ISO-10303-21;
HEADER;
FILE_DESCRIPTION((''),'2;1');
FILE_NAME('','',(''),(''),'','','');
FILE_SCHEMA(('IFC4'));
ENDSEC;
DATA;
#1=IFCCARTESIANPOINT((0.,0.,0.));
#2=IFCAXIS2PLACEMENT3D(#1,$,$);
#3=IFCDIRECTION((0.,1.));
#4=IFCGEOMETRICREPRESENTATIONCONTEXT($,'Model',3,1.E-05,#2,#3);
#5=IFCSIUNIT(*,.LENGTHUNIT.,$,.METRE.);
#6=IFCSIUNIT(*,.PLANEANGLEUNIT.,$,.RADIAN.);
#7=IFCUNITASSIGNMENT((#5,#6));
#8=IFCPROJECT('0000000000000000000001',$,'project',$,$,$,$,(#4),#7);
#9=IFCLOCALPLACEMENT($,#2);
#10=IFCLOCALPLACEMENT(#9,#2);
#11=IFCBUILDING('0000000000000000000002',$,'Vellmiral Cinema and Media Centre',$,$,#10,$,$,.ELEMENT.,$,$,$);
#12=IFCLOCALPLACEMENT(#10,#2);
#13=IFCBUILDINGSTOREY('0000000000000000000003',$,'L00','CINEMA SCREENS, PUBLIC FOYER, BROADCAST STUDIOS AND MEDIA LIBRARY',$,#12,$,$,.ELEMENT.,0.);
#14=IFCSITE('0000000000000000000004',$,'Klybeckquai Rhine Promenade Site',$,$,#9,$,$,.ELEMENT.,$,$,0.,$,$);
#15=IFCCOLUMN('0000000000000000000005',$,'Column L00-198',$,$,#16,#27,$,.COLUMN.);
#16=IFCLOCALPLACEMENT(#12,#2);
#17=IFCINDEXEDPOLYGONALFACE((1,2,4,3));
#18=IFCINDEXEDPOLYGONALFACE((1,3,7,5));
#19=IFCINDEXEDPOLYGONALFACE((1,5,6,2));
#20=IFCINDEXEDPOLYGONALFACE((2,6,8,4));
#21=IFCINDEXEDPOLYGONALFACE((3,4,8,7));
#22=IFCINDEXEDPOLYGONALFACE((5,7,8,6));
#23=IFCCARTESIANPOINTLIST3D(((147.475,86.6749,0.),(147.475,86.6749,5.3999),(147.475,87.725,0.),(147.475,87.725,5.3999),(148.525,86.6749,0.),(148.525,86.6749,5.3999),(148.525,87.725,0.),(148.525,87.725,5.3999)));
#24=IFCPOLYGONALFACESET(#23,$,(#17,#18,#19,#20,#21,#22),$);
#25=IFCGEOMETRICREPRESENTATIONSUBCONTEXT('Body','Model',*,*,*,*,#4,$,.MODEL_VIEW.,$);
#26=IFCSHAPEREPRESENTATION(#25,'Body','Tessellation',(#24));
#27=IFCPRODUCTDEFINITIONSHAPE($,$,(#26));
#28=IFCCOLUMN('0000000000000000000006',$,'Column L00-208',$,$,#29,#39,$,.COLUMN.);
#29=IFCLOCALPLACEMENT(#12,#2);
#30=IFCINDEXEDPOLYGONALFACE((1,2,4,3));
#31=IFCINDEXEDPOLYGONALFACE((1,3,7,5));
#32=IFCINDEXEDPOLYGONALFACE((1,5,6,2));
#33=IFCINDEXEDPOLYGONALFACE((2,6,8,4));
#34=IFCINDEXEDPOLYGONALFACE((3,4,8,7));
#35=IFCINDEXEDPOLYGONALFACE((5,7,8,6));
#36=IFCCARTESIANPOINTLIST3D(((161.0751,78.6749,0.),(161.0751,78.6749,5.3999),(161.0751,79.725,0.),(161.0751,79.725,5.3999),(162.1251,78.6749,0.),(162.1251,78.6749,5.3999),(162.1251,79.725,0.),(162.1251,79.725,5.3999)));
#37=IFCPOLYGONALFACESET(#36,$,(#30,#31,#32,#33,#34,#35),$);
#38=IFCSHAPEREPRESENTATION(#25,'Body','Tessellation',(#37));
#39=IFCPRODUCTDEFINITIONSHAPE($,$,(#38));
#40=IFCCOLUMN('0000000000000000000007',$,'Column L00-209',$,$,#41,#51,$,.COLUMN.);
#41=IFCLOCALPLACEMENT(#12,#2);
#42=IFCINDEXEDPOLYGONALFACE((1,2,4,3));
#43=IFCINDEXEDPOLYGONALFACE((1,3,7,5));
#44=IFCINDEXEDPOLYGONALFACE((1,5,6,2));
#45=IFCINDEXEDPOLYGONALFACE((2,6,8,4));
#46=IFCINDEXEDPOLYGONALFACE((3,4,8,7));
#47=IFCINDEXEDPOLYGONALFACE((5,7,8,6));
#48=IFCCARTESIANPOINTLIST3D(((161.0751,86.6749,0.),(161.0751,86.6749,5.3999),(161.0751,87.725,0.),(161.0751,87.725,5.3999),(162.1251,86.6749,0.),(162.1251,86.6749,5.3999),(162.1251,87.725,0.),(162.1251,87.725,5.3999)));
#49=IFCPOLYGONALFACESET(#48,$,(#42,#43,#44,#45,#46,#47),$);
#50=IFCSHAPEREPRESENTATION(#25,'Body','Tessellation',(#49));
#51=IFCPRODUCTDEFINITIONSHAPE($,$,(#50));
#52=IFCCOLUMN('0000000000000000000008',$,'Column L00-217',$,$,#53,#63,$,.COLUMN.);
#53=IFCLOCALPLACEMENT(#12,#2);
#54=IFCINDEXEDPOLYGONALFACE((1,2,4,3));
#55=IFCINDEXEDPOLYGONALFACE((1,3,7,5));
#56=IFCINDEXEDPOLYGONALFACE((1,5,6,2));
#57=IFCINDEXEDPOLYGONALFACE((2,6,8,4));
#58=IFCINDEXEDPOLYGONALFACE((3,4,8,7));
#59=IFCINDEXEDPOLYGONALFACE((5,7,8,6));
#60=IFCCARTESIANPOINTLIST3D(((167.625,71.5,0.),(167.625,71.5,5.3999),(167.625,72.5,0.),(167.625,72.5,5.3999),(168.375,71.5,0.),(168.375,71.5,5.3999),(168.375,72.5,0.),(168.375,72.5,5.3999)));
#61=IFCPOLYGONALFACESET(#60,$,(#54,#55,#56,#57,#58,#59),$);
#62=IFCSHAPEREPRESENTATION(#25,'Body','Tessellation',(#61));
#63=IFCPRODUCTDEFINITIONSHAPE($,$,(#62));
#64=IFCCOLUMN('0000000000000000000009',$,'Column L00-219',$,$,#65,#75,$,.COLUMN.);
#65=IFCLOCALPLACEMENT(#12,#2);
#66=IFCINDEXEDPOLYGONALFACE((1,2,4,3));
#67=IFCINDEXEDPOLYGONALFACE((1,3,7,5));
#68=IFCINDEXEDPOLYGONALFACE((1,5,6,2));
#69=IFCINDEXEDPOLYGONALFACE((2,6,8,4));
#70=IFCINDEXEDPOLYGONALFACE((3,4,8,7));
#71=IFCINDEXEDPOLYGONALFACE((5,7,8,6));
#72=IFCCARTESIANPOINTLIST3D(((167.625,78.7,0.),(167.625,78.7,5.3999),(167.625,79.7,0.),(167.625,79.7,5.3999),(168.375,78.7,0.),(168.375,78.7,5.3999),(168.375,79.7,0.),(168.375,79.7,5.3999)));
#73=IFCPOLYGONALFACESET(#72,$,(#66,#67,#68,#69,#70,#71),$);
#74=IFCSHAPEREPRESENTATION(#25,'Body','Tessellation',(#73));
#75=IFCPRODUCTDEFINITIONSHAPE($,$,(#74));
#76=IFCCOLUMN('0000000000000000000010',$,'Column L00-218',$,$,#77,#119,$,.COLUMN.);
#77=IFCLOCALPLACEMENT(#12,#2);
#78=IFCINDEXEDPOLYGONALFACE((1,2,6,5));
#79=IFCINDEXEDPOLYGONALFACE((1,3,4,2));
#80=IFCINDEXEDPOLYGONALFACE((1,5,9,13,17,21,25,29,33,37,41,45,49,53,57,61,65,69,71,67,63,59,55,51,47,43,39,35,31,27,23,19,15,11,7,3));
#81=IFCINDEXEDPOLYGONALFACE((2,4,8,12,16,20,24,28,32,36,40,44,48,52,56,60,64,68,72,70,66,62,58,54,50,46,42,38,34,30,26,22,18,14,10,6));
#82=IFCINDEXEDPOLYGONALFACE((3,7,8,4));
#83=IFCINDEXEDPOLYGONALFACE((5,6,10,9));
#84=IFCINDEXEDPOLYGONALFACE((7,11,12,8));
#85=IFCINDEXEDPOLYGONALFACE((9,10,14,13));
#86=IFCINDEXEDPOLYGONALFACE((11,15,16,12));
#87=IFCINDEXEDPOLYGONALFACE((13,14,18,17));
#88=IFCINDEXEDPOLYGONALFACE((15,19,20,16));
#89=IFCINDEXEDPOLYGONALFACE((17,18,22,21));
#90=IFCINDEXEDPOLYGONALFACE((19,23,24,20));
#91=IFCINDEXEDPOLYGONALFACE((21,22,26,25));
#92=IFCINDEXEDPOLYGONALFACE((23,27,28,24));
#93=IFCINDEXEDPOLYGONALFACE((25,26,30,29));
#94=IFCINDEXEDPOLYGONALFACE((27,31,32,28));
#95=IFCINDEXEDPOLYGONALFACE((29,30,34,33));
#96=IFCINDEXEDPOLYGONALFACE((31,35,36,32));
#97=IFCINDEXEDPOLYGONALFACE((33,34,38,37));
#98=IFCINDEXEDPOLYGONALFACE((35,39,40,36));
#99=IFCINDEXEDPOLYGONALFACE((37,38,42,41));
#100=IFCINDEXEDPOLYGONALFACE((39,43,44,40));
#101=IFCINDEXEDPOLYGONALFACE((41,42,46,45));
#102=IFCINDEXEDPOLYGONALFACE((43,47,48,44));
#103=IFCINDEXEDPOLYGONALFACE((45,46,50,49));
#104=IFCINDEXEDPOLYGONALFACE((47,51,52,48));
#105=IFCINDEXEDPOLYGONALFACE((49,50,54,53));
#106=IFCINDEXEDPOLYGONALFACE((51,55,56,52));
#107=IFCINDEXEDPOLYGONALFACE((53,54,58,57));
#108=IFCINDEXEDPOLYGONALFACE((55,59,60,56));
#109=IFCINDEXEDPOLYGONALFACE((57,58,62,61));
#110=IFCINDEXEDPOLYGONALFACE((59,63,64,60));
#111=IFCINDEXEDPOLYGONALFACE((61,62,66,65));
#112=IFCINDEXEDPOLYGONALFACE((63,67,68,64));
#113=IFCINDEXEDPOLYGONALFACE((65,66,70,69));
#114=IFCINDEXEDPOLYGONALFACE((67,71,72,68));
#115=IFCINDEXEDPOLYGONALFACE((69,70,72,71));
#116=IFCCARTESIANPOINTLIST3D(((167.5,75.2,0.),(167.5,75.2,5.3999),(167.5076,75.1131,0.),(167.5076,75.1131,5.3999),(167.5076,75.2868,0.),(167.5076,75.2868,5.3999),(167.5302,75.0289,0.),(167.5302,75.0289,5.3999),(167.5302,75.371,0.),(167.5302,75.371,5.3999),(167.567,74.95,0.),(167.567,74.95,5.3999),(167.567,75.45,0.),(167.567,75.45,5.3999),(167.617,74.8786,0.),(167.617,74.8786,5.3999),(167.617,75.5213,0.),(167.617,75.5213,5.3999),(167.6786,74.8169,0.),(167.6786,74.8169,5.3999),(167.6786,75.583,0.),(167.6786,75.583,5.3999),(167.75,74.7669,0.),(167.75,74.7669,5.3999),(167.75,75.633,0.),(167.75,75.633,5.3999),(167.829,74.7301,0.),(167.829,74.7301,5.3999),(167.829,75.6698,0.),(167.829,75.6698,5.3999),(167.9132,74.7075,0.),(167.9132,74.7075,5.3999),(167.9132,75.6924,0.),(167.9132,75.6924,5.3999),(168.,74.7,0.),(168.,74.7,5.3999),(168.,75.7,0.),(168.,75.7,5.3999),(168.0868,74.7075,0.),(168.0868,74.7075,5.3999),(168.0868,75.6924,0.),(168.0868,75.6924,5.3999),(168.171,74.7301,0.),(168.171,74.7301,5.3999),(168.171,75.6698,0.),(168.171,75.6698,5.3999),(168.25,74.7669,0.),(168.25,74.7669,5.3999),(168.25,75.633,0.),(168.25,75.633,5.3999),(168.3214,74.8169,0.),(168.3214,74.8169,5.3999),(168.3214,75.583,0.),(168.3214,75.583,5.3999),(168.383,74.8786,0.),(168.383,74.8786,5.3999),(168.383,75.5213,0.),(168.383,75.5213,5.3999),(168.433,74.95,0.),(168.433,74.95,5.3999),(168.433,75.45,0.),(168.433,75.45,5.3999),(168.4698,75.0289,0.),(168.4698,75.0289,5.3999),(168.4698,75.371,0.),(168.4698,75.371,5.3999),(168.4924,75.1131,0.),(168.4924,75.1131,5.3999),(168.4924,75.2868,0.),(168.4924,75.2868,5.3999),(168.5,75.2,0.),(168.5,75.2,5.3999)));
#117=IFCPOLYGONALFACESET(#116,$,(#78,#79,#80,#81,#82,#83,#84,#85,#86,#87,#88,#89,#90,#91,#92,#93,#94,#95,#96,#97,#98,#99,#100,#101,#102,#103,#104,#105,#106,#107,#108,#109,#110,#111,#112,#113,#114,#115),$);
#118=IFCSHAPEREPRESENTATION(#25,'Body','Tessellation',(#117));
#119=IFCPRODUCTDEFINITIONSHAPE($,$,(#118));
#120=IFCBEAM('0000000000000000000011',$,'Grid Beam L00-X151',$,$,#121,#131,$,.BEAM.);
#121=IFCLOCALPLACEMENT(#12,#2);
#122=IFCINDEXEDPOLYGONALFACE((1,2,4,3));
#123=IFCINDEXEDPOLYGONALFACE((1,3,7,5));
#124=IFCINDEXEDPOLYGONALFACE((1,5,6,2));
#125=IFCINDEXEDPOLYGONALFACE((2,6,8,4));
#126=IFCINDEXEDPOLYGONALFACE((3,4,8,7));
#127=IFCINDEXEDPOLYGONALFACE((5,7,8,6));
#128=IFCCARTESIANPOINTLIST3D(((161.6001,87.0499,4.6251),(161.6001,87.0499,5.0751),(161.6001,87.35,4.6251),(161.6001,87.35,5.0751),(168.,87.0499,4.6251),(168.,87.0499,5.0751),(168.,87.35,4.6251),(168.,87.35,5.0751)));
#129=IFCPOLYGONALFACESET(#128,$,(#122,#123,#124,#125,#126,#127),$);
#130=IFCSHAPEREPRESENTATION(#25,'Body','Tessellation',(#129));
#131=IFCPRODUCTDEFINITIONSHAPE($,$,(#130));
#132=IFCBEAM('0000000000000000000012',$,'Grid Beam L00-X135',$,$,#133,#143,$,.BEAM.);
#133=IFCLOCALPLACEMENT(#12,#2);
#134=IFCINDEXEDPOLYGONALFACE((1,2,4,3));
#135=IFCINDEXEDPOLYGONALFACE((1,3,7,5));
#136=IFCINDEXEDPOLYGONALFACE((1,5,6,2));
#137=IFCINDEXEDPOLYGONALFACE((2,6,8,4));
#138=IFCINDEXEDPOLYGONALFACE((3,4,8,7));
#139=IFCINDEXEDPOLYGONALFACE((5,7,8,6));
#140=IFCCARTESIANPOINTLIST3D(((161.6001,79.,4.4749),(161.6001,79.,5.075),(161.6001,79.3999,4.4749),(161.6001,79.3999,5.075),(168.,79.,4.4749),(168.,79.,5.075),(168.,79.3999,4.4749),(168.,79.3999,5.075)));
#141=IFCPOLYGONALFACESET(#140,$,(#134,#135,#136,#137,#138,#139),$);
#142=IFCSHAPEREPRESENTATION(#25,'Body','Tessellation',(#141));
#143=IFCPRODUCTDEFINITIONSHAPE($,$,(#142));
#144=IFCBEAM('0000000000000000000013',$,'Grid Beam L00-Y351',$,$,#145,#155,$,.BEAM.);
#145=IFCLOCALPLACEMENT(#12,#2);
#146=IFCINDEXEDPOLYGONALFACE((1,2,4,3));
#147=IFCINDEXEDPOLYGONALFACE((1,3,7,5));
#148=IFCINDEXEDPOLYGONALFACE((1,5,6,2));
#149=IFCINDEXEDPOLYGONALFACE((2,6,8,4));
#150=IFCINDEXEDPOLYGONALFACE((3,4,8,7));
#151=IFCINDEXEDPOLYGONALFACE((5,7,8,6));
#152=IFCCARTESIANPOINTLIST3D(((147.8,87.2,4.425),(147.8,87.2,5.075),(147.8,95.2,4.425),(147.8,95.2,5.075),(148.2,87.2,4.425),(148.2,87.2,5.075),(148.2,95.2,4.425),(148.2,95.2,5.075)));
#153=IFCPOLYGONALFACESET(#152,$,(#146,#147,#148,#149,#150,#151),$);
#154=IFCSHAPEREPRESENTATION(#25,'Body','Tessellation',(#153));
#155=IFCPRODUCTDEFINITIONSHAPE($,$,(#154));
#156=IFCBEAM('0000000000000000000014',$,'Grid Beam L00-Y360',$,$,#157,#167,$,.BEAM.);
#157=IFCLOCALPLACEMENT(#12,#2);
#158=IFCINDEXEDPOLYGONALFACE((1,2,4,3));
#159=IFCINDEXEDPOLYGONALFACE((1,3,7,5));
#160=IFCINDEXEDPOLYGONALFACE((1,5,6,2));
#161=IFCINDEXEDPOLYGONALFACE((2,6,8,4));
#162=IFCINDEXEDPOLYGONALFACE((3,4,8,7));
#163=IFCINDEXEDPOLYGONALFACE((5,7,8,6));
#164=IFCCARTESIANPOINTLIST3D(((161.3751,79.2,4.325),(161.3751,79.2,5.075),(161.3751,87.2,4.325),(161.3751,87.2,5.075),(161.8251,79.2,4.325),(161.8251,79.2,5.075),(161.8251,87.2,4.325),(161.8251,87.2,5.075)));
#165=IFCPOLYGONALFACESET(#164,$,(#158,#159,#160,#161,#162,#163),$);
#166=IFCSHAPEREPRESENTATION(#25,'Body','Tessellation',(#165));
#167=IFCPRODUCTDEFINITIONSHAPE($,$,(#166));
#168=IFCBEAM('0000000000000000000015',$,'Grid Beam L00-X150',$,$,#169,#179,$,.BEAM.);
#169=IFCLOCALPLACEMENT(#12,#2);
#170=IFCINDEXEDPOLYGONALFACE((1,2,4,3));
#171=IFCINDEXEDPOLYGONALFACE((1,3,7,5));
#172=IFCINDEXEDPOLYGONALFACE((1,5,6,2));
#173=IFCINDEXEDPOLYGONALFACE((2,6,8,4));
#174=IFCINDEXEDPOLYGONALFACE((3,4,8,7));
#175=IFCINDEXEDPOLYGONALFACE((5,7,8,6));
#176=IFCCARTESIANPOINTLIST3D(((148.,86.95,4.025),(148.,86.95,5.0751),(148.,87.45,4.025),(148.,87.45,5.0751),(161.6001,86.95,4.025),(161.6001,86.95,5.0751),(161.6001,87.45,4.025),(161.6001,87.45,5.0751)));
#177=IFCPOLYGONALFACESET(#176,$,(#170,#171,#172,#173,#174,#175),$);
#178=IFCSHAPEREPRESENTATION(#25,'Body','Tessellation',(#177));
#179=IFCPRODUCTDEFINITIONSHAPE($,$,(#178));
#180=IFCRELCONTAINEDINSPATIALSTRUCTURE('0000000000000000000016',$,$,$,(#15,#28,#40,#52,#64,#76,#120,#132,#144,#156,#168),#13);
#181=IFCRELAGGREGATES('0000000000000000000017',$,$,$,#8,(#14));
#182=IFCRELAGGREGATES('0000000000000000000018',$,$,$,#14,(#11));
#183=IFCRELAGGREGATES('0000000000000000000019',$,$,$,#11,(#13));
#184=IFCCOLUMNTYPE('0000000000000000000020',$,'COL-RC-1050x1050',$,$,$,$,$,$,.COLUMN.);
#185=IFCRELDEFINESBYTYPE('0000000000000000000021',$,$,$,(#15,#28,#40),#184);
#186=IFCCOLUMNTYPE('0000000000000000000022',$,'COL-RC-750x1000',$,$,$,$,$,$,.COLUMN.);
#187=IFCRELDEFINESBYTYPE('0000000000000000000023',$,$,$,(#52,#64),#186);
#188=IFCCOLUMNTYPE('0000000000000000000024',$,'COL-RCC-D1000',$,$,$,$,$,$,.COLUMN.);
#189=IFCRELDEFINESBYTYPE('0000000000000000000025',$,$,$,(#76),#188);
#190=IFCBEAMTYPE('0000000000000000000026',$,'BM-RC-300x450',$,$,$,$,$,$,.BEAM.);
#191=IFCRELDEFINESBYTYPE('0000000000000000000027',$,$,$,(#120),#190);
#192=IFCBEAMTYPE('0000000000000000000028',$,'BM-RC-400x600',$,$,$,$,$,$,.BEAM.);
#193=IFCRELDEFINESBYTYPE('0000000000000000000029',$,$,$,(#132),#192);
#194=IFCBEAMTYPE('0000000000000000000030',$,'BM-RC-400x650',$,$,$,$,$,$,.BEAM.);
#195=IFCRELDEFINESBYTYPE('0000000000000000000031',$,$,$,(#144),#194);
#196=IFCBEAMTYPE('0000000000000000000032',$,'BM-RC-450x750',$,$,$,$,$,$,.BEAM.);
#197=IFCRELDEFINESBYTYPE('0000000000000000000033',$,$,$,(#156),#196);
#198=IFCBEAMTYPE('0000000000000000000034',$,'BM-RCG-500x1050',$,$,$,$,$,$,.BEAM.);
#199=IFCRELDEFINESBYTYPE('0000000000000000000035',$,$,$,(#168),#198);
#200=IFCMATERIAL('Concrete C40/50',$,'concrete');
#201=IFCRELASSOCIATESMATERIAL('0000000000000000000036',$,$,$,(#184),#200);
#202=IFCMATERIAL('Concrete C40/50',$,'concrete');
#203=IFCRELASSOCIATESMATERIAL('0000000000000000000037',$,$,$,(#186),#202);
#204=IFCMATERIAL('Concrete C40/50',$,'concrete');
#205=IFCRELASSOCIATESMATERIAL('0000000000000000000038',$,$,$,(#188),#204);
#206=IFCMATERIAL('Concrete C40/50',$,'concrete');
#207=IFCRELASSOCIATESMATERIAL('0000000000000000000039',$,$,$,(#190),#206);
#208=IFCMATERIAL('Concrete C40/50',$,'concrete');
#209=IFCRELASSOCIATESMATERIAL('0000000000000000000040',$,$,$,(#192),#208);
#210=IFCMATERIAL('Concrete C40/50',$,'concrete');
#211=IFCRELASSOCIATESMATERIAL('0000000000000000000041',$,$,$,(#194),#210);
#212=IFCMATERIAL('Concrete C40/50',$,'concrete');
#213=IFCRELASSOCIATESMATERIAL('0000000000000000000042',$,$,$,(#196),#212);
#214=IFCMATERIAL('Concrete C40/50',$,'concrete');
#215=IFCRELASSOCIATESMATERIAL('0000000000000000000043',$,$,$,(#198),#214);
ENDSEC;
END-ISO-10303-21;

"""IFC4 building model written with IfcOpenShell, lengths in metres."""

from ifc_helpers import new_model, si_unit, direction, frame, origin, origin_2d, place, context, subcontext, project, spatial, rectangle, circle, extrude, material, material_profile, profile_set, type_object, element, save


model = new_model("IFC4")

# Units and contexts
model_context = context("Model", 3, precision=1e-05, world=origin(), true_north=direction((0.0, 1.0)))
body_context = subcontext(model_context, "Body", "Model", "MODEL_VIEW")
ifc_project = project(units=[si_unit("LENGTHUNIT", "METRE"), si_unit("PLANEANGLEUNIT", "RADIAN")], contexts=[model_context])

# Site, building, storey
site_placement = place(None, origin())
site = spatial("IfcSite", under=ifc_project, at=site_placement, Name="Klybeckquai Rhine Promenade Site", CompositionType="ELEMENT", RefElevation=0.0)
building_placement = place(site_placement, origin())
building = spatial("IfcBuilding", under=site, at=building_placement, Name="Vellmiral Cinema and Media Centre", CompositionType="ELEMENT")
storey_placement = place(building_placement, origin())
storey = spatial("IfcBuildingStorey", under=building, at=storey_placement, Name="L00", Description="CINEMA SCREENS, PUBLIC FOYER, BROADCAST STUDIOS AND MEDIA LIBRARY", CompositionType="ELEMENT", Elevation=0.0)

# Columns
ifc_material_1 = material(Name="Concrete C40/50", Category="concrete")
ifc_material_profile_1 = material_profile(ifc_material_1, rectangle(XDim=1.05, YDim=1.05, at=origin_2d()), Name="RC 1050x1050")
ifc_profile_set_1 = profile_set([ifc_material_profile_1], Name="Concrete C40/50")
column_type_1 = type_object("IfcColumnType", Name="COL-RC-1050x1050", PredefinedType="COLUMN", material=ifc_profile_set_1)
for number, where, z_axis, x_axis, name in (
    (1, (148.0, 87.2, 0.0), (0.0, 0.0, 1.0), (1.0, 0.0, 0.0), "Column L00-198"),
    (2, (161.6001, 79.2, 0.0), (0.0, 0.0, 1.0), (1.0, 0.0, 0.0), "Column L00-208"),
    (3, (161.6001, 87.2, 0.0), (0.0, 0.0, 1.0), (1.0, 0.0, 0.0), "Column L00-209"),
):
    element("IfcColumn", number, at=place(storey_placement, frame(where, z_axis=z_axis, x_axis=x_axis)), inside=storey, type_object=column_type_1, Name=name, PredefinedType="COLUMN", context=body_context, shape_type="SweptSolid", body=[
        extrude(rectangle(XDim=1.05, YDim=1.05, at=origin_2d()), origin(), (0.0, 0.0, 1.0), 5.3999),
    ])
ifc_material_2 = material(Name="Concrete C40/50", Category="concrete")
ifc_material_profile_2 = material_profile(ifc_material_2, rectangle(XDim=0.75, YDim=1.0, at=origin_2d()), Name="RC 750x1000")
ifc_profile_set_2 = profile_set([ifc_material_profile_2], Name="Concrete C40/50")
column_type_2 = type_object("IfcColumnType", Name="COL-RC-750x1000", PredefinedType="COLUMN", material=ifc_profile_set_2)
for number, where, z_axis, x_axis, name in (
    (4, (168.0, 72.0, 0.0), (0.0, 0.0, 1.0), (1.0, 0.0, 0.0), "Column L00-217"),
    (5, (168.0, 79.2, 0.0), (0.0, 0.0, 1.0), (1.0, 0.0, 0.0), "Column L00-219"),
):
    element("IfcColumn", number, at=place(storey_placement, frame(where, z_axis=z_axis, x_axis=x_axis)), inside=storey, type_object=column_type_2, Name=name, PredefinedType="COLUMN", context=body_context, shape_type="SweptSolid", body=[
        extrude(rectangle(XDim=0.75, YDim=1.0, at=origin_2d()), origin(), (0.0, 0.0, 1.0), 5.3999),
    ])
ifc_material_3 = material(Name="Concrete C40/50", Category="concrete")
ifc_material_profile_3 = material_profile(ifc_material_3, circle(Radius=0.5, at=origin_2d()), Name="RC D1000")
ifc_profile_set_3 = profile_set([ifc_material_profile_3], Name="Concrete C40/50")
column_type_3 = type_object("IfcColumnType", Name="COL-RCC-D1000", PredefinedType="COLUMN", material=ifc_profile_set_3)
column_placement = place(storey_placement, frame((168.0, 75.2, 0.0), z_axis=(0.0, 0.0, 1.0), x_axis=(1.0, 0.0, 0.0)))
element("IfcColumn", 6, at=column_placement, inside=storey, type_object=column_type_3, Name="Column L00-218", PredefinedType="COLUMN", context=body_context, shape_type="SweptSolid", body=[
    extrude(circle(Radius=0.5, at=origin_2d()), origin(), (0.0, 0.0, 1.0), 5.3999),
])

# Beams
ifc_material_4 = material(Name="Concrete C40/50", Category="concrete")
ifc_material_profile_4 = material_profile(ifc_material_4, rectangle(XDim=0.3, YDim=0.45, at=origin_2d()), Name="RC 300x450")
ifc_profile_set_4 = profile_set([ifc_material_profile_4], Name="Concrete C40/50")
beam_type_1 = type_object("IfcBeamType", Name="BM-RC-300x450", PredefinedType="BEAM", material=ifc_profile_set_4)
beam_1_placement = place(storey_placement, frame((161.6001, 87.2, 4.8501), z_axis=(1.0, 0.0, 0.0), x_axis=(0.0, 1.0, 0.0)))
element("IfcBeam", 7, at=beam_1_placement, inside=storey, type_object=beam_type_1, Name="Grid Beam L00-X151", PredefinedType="BEAM", context=body_context, shape_type="SweptSolid", body=[
    extrude(rectangle(XDim=0.3, YDim=0.45, at=origin_2d()), origin(), (0.0, 0.0, 1.0), 6.3999),
])
ifc_material_5 = material(Name="Concrete C40/50", Category="concrete")
ifc_material_profile_5 = material_profile(ifc_material_5, rectangle(XDim=0.3999, YDim=0.6001, at=origin_2d()), Name="RC 400x600")
ifc_profile_set_5 = profile_set([ifc_material_profile_5], Name="Concrete C40/50")
beam_type_2 = type_object("IfcBeamType", Name="BM-RC-400x600", PredefinedType="BEAM", material=ifc_profile_set_5)
beam_2_placement = place(storey_placement, frame((161.6001, 79.2, 4.7749), z_axis=(1.0, 0.0, 0.0), x_axis=(0.0, 1.0, 0.0)))
element("IfcBeam", 8, at=beam_2_placement, inside=storey, type_object=beam_type_2, Name="Grid Beam L00-X135", PredefinedType="BEAM", context=body_context, shape_type="SweptSolid", body=[
    extrude(rectangle(XDim=0.3999, YDim=0.6001, at=origin_2d()), origin(), (0.0, 0.0, 1.0), 6.3999),
])
ifc_material_6 = material(Name="Concrete C40/50", Category="concrete")
ifc_material_profile_6 = material_profile(ifc_material_6, rectangle(XDim=0.3999, YDim=0.6499, at=origin_2d()), Name="RC 400x650")
ifc_profile_set_6 = profile_set([ifc_material_profile_6], Name="Concrete C40/50")
beam_type_3 = type_object("IfcBeamType", Name="BM-RC-400x650", PredefinedType="BEAM", material=ifc_profile_set_6)
beam_3_placement = place(storey_placement, frame((148.0, 87.2, 4.75), z_axis=(0.0, 1.0, 0.0), x_axis=(-1.0, 0.0, 0.0)))
element("IfcBeam", 9, at=beam_3_placement, inside=storey, type_object=beam_type_3, Name="Grid Beam L00-Y351", PredefinedType="BEAM", context=body_context, shape_type="SweptSolid", body=[
    extrude(rectangle(XDim=0.3999, YDim=0.6499, at=origin_2d()), origin(), (0.0, 0.0, 1.0), 8.0),
])
ifc_material_7 = material(Name="Concrete C40/50", Category="concrete")
ifc_material_profile_7 = material_profile(ifc_material_7, rectangle(XDim=0.45, YDim=0.75, at=origin_2d()), Name="RC 450x750")
ifc_profile_set_7 = profile_set([ifc_material_profile_7], Name="Concrete C40/50")
beam_type_4 = type_object("IfcBeamType", Name="BM-RC-450x750", PredefinedType="BEAM", material=ifc_profile_set_7)
beam_4_placement = place(storey_placement, frame((161.6001, 79.2, 4.7), z_axis=(0.0, 1.0, 0.0), x_axis=(-1.0, 0.0, 0.0)))
element("IfcBeam", 10, at=beam_4_placement, inside=storey, type_object=beam_type_4, Name="Grid Beam L00-Y360", PredefinedType="BEAM", context=body_context, shape_type="SweptSolid", body=[
    extrude(rectangle(XDim=0.45, YDim=0.75, at=origin_2d()), origin(), (0.0, 0.0, 1.0), 8.0),
])
ifc_material_8 = material(Name="Concrete C40/50", Category="concrete")
ifc_material_profile_8 = material_profile(ifc_material_8, rectangle(XDim=0.5, YDim=1.05, at=origin_2d()), Name="RC 500x1050")
ifc_profile_set_8 = profile_set([ifc_material_profile_8], Name="Concrete C40/50")
beam_type_5 = type_object("IfcBeamType", Name="BM-RCG-500x1050", PredefinedType="BEAM", material=ifc_profile_set_8)
beam_5_placement = place(storey_placement, frame((148.0, 87.2, 4.55), z_axis=(1.0, 0.0, 0.0), x_axis=(0.0, 1.0, 0.0)))
element("IfcBeam", 11, at=beam_5_placement, inside=storey, type_object=beam_type_5, Name="Grid Beam L00-X150", PredefinedType="BEAM", context=body_context, shape_type="SweptSolid", body=[
    extrude(rectangle(XDim=0.5, YDim=1.05, at=origin_2d()), origin(), (0.0, 0.0, 1.0), 13.6001),
])

save(model, "model.ifc")
